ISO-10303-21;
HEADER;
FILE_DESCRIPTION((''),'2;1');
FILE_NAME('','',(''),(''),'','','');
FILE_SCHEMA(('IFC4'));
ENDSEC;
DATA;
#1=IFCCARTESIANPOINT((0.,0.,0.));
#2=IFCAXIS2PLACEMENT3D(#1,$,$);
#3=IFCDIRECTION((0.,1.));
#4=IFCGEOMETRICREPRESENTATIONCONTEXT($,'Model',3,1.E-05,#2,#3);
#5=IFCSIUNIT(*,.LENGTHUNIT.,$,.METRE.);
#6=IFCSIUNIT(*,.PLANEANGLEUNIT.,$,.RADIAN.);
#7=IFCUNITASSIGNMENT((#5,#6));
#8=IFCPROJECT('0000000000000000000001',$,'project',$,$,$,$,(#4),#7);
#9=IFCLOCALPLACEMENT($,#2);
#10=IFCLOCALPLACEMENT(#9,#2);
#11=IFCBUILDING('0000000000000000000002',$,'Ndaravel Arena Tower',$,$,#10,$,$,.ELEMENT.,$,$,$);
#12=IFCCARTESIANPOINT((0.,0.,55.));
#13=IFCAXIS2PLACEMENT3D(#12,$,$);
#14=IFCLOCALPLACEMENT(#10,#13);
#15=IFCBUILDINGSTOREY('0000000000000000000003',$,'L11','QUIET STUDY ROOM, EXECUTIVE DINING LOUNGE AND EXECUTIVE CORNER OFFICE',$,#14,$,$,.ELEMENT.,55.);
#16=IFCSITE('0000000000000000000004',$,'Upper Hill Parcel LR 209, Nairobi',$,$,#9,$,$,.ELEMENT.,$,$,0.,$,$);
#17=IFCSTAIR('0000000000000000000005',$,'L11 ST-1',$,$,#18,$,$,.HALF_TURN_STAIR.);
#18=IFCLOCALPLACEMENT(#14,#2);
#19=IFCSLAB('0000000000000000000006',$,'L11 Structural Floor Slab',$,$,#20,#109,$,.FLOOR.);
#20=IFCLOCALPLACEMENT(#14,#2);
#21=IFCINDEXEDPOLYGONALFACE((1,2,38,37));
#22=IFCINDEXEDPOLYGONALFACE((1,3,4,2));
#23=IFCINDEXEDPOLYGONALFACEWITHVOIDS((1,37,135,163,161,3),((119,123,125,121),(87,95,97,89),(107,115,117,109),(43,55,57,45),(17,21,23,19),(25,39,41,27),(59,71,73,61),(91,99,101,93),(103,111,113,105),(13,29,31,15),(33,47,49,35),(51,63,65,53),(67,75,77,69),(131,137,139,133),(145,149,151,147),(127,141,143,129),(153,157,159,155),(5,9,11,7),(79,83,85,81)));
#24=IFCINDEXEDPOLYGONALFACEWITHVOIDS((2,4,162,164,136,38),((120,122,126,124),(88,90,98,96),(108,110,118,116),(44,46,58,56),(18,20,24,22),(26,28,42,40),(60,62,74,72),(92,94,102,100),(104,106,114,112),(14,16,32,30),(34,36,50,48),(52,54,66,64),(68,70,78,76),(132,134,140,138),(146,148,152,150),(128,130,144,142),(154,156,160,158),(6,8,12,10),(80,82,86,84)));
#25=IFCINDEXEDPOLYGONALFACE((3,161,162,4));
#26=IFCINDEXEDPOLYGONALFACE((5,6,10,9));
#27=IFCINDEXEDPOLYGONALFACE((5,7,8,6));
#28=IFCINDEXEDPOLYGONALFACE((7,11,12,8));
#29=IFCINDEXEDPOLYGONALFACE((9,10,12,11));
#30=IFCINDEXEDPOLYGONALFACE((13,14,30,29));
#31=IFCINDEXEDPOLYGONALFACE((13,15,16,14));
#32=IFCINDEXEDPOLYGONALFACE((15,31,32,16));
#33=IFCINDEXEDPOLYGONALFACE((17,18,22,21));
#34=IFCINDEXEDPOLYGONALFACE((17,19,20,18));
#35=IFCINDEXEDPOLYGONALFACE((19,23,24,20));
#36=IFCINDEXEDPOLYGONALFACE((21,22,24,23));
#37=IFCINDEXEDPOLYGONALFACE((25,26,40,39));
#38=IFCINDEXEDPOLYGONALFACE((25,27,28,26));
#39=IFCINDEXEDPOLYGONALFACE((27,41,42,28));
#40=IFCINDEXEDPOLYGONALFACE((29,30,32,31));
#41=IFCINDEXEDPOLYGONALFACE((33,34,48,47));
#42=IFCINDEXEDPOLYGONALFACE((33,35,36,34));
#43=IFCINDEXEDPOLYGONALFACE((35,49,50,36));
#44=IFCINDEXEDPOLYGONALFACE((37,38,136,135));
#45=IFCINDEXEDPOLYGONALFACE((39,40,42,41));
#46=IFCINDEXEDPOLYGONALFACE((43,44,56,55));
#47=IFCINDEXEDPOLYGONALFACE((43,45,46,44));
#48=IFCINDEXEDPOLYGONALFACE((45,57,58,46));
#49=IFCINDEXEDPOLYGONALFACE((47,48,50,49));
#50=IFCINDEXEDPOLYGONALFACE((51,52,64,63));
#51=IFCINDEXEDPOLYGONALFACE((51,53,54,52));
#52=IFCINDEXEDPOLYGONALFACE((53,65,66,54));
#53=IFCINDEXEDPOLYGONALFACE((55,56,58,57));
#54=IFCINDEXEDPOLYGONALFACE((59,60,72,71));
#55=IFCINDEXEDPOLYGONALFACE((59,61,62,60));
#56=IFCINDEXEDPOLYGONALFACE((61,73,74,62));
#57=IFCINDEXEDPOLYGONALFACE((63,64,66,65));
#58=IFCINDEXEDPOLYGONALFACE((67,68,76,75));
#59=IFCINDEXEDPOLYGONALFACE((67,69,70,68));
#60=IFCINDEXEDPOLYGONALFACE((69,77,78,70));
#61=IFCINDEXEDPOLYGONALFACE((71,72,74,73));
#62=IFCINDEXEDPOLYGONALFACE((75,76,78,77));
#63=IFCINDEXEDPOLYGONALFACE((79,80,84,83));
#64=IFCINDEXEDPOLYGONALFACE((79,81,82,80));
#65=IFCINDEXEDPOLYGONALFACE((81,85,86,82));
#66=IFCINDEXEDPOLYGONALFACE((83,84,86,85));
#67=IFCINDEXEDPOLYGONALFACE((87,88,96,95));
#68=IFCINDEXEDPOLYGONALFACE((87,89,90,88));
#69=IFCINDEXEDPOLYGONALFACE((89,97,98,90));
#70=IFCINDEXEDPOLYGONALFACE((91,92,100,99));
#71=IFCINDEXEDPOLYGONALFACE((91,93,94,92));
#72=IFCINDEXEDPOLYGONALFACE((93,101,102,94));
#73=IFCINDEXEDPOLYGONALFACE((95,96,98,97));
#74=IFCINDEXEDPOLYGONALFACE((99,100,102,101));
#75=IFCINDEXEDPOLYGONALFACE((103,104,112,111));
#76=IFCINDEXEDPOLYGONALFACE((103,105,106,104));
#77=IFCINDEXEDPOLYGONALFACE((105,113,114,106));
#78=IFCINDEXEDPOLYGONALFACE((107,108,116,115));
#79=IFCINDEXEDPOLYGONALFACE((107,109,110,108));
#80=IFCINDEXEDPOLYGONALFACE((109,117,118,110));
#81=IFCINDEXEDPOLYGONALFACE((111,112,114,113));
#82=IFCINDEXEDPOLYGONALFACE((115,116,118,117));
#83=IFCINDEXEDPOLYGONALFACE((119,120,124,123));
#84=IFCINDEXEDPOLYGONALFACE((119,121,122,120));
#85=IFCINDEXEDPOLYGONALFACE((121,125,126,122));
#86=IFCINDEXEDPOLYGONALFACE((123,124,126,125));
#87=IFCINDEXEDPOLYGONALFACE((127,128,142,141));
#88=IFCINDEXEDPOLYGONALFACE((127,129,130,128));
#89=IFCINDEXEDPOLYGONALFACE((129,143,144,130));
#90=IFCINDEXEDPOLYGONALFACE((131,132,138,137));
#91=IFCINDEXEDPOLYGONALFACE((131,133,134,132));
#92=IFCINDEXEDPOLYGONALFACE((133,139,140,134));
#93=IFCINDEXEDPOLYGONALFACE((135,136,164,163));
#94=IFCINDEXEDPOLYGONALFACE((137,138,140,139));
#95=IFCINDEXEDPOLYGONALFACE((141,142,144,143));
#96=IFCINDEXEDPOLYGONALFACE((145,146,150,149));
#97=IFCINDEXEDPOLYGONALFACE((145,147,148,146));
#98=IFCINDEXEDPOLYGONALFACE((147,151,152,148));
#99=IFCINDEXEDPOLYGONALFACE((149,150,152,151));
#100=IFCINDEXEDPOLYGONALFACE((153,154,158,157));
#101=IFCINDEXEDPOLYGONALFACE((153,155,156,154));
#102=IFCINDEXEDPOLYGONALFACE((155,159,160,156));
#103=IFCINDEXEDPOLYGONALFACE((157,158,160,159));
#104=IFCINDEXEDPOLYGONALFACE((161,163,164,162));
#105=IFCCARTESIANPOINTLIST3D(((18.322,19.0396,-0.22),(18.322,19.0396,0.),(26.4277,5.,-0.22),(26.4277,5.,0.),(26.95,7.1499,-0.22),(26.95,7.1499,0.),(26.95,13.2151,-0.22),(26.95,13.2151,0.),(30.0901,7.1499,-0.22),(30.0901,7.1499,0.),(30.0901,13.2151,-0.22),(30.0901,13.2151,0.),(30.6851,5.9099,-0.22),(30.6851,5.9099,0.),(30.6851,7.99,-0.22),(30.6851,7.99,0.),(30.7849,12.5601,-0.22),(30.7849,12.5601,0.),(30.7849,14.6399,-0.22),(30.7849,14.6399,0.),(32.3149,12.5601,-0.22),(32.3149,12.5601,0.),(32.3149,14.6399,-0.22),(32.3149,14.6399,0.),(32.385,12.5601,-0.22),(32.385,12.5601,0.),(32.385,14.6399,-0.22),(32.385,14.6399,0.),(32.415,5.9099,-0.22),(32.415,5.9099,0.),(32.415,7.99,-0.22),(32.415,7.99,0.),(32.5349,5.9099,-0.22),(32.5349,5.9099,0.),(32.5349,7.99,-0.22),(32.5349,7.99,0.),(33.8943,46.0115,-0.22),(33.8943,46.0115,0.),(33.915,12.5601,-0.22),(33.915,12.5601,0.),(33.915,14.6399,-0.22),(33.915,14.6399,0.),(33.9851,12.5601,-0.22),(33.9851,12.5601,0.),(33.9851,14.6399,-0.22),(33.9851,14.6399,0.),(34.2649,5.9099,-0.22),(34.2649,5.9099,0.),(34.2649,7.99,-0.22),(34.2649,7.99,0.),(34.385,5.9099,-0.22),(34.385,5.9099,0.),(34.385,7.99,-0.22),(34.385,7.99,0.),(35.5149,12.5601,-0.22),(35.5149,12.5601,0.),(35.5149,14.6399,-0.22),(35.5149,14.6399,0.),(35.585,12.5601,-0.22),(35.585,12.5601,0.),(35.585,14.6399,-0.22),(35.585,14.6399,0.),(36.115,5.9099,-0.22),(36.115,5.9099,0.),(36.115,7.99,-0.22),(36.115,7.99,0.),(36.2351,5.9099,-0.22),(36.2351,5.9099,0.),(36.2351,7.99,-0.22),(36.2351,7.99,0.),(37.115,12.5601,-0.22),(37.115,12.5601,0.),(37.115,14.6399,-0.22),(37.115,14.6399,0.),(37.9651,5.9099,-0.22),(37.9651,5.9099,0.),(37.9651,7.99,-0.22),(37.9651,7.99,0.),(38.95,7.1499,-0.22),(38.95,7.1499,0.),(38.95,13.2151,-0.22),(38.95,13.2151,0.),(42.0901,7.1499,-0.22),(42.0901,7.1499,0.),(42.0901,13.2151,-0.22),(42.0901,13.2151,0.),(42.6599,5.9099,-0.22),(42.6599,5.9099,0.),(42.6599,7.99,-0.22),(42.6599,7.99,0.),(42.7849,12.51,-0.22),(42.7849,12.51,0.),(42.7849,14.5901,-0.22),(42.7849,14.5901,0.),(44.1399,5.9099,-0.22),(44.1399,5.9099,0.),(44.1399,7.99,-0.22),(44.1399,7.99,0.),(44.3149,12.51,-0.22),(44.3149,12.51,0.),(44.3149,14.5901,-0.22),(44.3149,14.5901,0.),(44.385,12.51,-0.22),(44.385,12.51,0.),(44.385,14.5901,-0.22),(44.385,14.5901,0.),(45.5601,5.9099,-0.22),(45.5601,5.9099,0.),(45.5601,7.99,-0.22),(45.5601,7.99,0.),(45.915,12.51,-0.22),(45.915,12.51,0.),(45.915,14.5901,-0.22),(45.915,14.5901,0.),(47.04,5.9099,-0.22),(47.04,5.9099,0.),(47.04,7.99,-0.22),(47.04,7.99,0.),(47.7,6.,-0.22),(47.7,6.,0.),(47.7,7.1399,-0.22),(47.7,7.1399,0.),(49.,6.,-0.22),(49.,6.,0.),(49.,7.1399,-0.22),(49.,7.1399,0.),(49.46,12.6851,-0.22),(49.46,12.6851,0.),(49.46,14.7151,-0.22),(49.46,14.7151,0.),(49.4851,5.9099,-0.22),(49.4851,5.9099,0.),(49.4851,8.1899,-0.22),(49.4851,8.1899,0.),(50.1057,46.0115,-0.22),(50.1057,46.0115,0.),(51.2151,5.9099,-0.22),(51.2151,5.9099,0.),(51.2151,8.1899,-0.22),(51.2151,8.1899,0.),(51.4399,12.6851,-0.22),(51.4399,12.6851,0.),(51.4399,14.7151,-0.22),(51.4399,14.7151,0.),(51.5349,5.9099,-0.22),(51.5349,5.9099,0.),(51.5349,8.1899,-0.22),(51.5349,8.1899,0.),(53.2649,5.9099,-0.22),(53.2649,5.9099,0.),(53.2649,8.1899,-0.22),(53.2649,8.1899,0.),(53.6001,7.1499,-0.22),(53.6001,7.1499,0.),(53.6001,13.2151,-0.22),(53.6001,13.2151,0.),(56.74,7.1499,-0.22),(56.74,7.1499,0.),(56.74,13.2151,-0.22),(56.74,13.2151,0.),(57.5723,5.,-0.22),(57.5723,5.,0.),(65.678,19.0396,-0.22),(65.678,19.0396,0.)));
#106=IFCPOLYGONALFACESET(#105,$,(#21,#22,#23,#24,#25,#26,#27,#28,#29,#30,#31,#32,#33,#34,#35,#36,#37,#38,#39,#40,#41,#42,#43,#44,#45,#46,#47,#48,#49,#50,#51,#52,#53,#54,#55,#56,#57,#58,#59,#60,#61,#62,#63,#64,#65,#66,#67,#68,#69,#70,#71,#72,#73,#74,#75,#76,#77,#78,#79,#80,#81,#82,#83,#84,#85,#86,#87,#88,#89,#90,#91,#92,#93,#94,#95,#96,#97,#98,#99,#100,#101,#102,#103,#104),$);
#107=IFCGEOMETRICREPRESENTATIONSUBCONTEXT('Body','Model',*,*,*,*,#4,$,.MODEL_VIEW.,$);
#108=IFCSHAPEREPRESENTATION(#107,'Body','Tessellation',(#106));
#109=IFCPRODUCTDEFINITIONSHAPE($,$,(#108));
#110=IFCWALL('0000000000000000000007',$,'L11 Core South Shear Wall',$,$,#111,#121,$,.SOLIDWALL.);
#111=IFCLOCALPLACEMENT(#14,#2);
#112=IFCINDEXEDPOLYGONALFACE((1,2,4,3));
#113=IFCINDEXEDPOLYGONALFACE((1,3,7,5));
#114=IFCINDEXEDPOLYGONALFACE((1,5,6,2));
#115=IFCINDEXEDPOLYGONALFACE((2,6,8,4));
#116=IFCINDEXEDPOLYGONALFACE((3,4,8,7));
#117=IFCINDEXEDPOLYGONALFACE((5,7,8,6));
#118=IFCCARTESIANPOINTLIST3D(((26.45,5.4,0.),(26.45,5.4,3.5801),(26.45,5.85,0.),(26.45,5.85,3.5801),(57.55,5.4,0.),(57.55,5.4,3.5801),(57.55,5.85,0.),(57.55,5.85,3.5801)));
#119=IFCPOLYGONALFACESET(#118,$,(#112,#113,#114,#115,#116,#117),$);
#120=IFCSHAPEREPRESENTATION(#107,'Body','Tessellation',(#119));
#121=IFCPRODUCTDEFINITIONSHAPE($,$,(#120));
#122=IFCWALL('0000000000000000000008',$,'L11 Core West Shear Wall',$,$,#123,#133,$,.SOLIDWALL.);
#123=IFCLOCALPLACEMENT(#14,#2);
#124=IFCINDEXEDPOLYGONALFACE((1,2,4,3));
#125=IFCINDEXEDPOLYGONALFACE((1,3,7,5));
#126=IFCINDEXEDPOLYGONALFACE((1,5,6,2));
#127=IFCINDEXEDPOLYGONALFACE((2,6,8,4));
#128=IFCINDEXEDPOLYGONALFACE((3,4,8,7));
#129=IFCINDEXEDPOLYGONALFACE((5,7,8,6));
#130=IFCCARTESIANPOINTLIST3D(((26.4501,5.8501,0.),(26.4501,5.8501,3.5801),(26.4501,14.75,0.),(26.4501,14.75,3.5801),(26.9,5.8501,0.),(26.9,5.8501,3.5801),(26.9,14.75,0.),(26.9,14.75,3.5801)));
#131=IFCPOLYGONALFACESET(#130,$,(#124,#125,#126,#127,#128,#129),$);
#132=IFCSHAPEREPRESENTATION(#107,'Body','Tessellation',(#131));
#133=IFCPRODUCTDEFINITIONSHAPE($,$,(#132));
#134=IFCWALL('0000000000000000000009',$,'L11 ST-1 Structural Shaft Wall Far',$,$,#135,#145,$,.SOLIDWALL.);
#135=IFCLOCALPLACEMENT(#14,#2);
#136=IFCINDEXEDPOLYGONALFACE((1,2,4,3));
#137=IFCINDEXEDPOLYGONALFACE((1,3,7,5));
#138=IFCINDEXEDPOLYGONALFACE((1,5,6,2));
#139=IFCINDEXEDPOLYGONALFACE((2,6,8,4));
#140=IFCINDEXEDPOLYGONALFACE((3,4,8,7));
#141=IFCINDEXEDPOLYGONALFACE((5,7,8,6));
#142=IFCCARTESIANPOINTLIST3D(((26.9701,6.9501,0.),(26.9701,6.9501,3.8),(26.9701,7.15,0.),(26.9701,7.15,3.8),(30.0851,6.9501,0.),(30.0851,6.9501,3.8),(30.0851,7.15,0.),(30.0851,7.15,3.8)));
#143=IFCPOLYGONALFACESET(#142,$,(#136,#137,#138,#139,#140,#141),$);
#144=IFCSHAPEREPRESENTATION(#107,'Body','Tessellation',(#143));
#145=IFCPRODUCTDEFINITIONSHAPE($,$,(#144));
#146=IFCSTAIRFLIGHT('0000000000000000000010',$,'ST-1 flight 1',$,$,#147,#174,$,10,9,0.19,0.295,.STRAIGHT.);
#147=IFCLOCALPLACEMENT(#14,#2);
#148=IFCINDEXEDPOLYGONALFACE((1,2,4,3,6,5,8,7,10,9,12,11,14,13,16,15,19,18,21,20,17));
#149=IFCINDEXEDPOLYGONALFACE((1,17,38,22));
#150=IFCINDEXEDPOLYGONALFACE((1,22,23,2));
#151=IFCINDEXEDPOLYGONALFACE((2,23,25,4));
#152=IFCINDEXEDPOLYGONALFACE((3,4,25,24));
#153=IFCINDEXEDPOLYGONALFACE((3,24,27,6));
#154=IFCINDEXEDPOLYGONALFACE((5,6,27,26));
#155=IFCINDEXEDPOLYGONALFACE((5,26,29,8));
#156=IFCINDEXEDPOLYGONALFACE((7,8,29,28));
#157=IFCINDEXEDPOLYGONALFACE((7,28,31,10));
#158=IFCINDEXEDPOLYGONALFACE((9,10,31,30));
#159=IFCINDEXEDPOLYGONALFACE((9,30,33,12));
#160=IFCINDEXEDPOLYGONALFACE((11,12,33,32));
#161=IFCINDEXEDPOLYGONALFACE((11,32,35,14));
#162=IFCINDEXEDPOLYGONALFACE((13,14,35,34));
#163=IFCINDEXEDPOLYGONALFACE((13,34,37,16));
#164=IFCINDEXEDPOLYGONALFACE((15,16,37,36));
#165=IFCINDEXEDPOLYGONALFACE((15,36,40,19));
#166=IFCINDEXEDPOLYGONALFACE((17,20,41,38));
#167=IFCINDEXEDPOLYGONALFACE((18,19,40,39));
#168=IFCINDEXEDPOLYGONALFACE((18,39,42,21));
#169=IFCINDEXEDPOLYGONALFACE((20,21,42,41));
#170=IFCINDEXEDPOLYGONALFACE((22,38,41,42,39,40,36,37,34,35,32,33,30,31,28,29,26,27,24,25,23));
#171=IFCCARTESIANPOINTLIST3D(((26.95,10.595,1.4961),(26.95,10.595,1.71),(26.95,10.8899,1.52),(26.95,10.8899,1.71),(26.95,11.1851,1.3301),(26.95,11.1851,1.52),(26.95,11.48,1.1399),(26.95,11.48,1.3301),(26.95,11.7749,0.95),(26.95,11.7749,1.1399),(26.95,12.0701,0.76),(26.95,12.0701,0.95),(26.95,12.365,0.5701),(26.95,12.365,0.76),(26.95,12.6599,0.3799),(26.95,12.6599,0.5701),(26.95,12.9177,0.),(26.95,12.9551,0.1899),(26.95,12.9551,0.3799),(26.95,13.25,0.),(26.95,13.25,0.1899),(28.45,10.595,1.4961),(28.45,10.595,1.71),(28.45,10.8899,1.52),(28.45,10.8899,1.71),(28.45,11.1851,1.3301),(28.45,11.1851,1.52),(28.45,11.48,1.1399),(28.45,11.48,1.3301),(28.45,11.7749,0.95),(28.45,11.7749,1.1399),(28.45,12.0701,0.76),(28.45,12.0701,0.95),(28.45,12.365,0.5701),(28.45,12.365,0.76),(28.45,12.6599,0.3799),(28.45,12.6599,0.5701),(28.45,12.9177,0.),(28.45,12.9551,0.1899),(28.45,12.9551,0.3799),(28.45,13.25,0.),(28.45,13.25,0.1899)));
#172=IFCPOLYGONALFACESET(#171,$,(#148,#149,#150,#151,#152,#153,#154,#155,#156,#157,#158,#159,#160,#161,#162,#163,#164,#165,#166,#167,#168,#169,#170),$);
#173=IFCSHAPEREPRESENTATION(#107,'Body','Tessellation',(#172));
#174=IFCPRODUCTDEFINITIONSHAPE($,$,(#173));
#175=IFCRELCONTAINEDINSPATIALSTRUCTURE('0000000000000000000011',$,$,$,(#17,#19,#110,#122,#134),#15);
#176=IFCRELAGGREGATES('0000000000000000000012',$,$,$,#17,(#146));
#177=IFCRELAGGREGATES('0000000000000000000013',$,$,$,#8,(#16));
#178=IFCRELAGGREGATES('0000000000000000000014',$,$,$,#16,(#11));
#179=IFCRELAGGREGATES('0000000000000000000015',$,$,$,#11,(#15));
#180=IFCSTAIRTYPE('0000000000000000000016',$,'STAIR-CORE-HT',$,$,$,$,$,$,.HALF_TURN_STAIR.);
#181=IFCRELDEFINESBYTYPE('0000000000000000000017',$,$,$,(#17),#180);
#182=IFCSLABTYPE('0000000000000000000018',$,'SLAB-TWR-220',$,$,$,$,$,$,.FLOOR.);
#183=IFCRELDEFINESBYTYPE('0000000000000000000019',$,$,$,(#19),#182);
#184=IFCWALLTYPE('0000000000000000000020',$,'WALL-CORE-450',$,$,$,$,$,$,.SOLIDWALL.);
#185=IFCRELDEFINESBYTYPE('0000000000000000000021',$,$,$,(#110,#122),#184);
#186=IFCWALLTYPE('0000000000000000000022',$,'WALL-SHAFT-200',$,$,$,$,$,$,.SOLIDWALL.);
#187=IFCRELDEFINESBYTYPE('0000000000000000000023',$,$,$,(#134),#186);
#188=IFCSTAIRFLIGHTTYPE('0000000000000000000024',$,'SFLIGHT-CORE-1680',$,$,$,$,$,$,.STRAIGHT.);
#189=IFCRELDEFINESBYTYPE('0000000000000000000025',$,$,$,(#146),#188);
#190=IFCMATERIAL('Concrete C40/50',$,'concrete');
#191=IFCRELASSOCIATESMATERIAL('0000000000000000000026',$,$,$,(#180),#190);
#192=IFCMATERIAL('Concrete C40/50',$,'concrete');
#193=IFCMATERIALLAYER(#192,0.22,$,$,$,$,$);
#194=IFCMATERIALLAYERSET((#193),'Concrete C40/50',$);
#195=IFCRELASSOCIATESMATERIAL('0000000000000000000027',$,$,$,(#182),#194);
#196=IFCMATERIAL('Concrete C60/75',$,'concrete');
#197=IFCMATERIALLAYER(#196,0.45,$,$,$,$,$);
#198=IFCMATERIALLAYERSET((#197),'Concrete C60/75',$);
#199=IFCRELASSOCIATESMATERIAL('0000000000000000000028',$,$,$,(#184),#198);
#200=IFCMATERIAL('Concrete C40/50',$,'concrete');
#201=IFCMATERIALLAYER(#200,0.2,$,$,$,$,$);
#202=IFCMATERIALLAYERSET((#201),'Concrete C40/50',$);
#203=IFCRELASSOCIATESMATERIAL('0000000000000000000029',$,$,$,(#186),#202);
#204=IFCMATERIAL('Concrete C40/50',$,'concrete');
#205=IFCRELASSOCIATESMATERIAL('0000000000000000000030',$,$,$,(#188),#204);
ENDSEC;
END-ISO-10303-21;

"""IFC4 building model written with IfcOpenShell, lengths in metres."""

from ifc_helpers import new_model, si_unit, direction, frame, frame_2d, origin, place, context, subcontext, project, spatial, polyline, rectangle, outline, extrude, material, layer, layer_set, type_object, element, aggregate, save


model = new_model("IFC4")

# Units and contexts
model_context = context("Model", 3, precision=1e-05, world=origin(), true_north=direction((0.0, 1.0)))
body_context = subcontext(model_context, "Body", "Model", "MODEL_VIEW")
ifc_project = project(units=[si_unit("LENGTHUNIT", "METRE"), si_unit("PLANEANGLEUNIT", "RADIAN")], contexts=[model_context])

# Site, building, storey
site_placement = place(None, origin())
site = spatial("IfcSite", under=ifc_project, at=site_placement, Name="Upper Hill Parcel LR 209, Nairobi", CompositionType="ELEMENT", RefElevation=0.0)
building_placement = place(site_placement, origin())
building = spatial("IfcBuilding", under=site, at=building_placement, Name="Ndaravel Arena Tower", CompositionType="ELEMENT")
storey_placement = place(building_placement, frame((0.0, 0.0, 55.0)))
storey = spatial("IfcBuildingStorey", under=building, at=storey_placement, Name="L11", Description="QUIET STUDY ROOM, EXECUTIVE DINING LOUNGE AND EXECUTIVE CORNER OFFICE", CompositionType="ELEMENT", Elevation=55.0)

# Stair
ifc_material_1 = material(Name="Concrete C40/50", Category="concrete")
stair_type = type_object("IfcStairType", Name="STAIR-CORE-HT", PredefinedType="HALF_TURN_STAIR", material=ifc_material_1)
stair_1_placement = place(storey_placement, origin())
stair_1 = element("IfcStair", 1, at=stair_1_placement, inside=storey, type_object=stair_type, Name="L11 ST-1", PredefinedType="HALF_TURN_STAIR")

# Slab
ifc_material_2 = material(Name="Concrete C40/50", Category="concrete")
ifc_layer_1 = layer(ifc_material_2, 0.22)
ifc_layer_set_1 = layer_set([ifc_layer_1], Name="Concrete C40/50")
slab_type_1 = type_object("IfcSlabType", Name="SLAB-TWR-220", PredefinedType="FLOOR", material=ifc_layer_set_1)
slab_1_placement = place(storey_placement, frame((0.0, 0.0, -0.22)))
element("IfcSlab", 2, at=slab_1_placement, inside=storey, type_object=slab_type_1, Name="L11 Structural Floor Slab", PredefinedType="FLOOR", context=body_context, shape_type="SweptSolid", body=[
    extrude(outline(polyline([(18.322, 19.0396), (26.4277, 5.0), (57.5723, 5.0), (65.678, 19.0396), (50.1057, 46.0115), (33.8943, 46.0115), (18.322, 19.0396)]), holes=[polyline([(26.95, 13.2151), (26.95, 7.1499), (30.0901, 7.1499), (30.0901, 13.2151), (26.95, 13.2151)]), polyline([(38.95, 13.2151), (38.95, 7.1499), (42.0901, 7.1499), (42.0901, 13.2151), (38.95, 13.2151)]), polyline([(53.6001, 13.2151), (53.6001, 7.1499), (56.74, 7.1499), (56.74, 13.2151), (53.6001, 13.2151)]), polyline([(30.6851, 5.9099), (32.415, 5.9099), (32.415, 7.99), (30.6851, 7.99), (30.6851, 5.9099)]), polyline([(32.5349, 5.9099), (34.2649, 5.9099), (34.2649, 7.99), (32.5349, 7.99), (32.5349, 5.9099)]), polyline([(34.385, 5.9099), (36.115, 5.9099), (36.115, 7.99), (34.385, 7.99), (34.385, 5.9099)]), polyline([(36.2351, 5.9099), (37.9651, 5.9099), (37.9651, 7.99), (36.2351, 7.99), (36.2351, 5.9099)]), polyline([(30.7849, 12.5601), (32.3149, 12.5601), (32.3149, 14.6399), (30.7849, 14.6399), (30.7849, 12.5601)]), polyline([(32.385, 12.5601), (33.915, 12.5601), (33.915, 14.6399), (32.385, 14.6399), (32.385, 12.5601)]), polyline([(33.9851, 12.5601), (35.5149, 12.5601), (35.5149, 14.6399), (33.9851, 14.6399), (33.9851, 12.5601)]), polyline([(35.585, 12.5601), (37.115, 12.5601), (37.115, 14.6399), (35.585, 14.6399), (35.585, 12.5601)]), polyline([(42.6599, 5.9099), (44.1399, 5.9099), (44.1399, 7.99), (42.6599, 7.99), (42.6599, 5.9099)]), polyline([(45.5601, 5.9099), (47.04, 5.9099), (47.04, 7.99), (45.5601, 7.99), (45.5601, 5.9099)]), polyline([(42.7849, 12.51), (44.3149, 12.51), (44.3149, 14.5901), (42.7849, 14.5901), (42.7849, 12.51)]), polyline([(44.385, 12.51), (45.915, 12.51), (45.915, 14.5901), (44.385, 14.5901), (44.385, 12.51)]), polyline([(49.4851, 5.9099), (51.2151, 5.9099), (51.2151, 8.1899), (49.4851, 8.1899), (49.4851, 5.9099)]), polyline([(51.5349, 5.9099), (53.2649, 5.9099), (53.2649, 8.1899), (51.5349, 8.1899), (51.5349, 5.9099)]), polyline([(49.46, 12.6851), (51.4399, 12.6851), (51.4399, 14.7151), (49.46, 14.7151), (49.46, 12.6851)]), polyline([(47.7, 6.0), (49.0, 6.0), (49.0, 7.1399), (47.7, 7.1399), (47.7, 6.0)])]), origin(), (0.0, 0.0, 1.0), 0.22),
])

# Walls
ifc_material_3 = material(Name="Concrete C60/75", Category="concrete")
ifc_layer_2 = layer(ifc_material_3, 0.45)
ifc_layer_set_2 = layer_set([ifc_layer_2], Name="Concrete C60/75")
wall_type_1 = type_object("IfcWallType", Name="WALL-CORE-450", PredefinedType="SOLIDWALL", material=ifc_layer_set_2)
wall_1_placement = place(storey_placement, frame((26.45, 5.625, 0.0), z_axis=(0.0, 0.0, 1.0), x_axis=(1.0, 0.0, 0.0)))
element("IfcWall", 3, at=wall_1_placement, inside=storey, type_object=wall_type_1, Name="L11 Core South Shear Wall", PredefinedType="SOLIDWALL", context=body_context, shape_type="SweptSolid", body=[
    extrude(rectangle(XDim=31.1001, YDim=0.45, at=frame_2d((15.55, 0.0))), origin(), (0.0, 0.0, 1.0), 3.5801),
])
wall_2_placement = place(storey_placement, frame((26.675, 5.8501, 0.0), z_axis=(0.0, 0.0, 1.0), x_axis=(0.0, 1.0, 0.0)))
element("IfcWall", 4, at=wall_2_placement, inside=storey, type_object=wall_type_1, Name="L11 Core West Shear Wall", PredefinedType="SOLIDWALL", context=body_context, shape_type="SweptSolid", body=[
    extrude(rectangle(XDim=8.8999, YDim=0.45, at=frame_2d((4.45, 0.0))), origin(), (0.0, 0.0, 1.0), 3.5801),
])
ifc_material_4 = material(Name="Concrete C40/50", Category="concrete")
ifc_layer_3 = layer(ifc_material_4, 0.2)
ifc_layer_set_3 = layer_set([ifc_layer_3], Name="Concrete C40/50")
wall_type_2 = type_object("IfcWallType", Name="WALL-SHAFT-200", PredefinedType="SOLIDWALL", material=ifc_layer_set_3)
wall_3_placement = place(storey_placement, frame((26.97, 7.05, 0.0), z_axis=(0.0, 0.0, 1.0), x_axis=(1.0, 0.0, 0.0)))
element("IfcWall", 5, at=wall_3_placement, inside=storey, type_object=wall_type_2, Name="L11 ST-1 Structural Shaft Wall Far", PredefinedType="SOLIDWALL", context=body_context, shape_type="SweptSolid", body=[
    extrude(rectangle(XDim=3.115, YDim=0.2, at=frame_2d((1.5576, 0.0))), origin(), (0.0, 0.0, 1.0), 3.8),
])

# Stair flight
ifc_material_5 = material(Name="Concrete C40/50", Category="concrete")
stair_flight_type = type_object("IfcStairFlightType", Name="SFLIGHT-CORE-1680", PredefinedType="STRAIGHT", material=ifc_material_5)
stair_flight_1_placement = place(storey_placement, frame((27.7, 13.25, 0.0), z_axis=(0.0, 0.0, 1.0), x_axis=(0.0, -1.0, 0.0)))
stair_flight_1 = element("IfcStairFlight", 6, at=stair_flight_1_placement, type_object=stair_flight_type, Name="ST-1 flight 1", NumberOfRisers=10, NumberOfTreads=9, PredefinedType="STRAIGHT", RiserHeight=0.19, TreadLength=0.295, context=body_context, shape_type="SweptSolid", body=[
    extrude(outline(polyline([(0.0, 0.0), (0.0, 0.1899), (0.2949, 0.1899), (0.2949, 0.3799), (0.5901, 0.3799), (0.5901, 0.5701), (0.885, 0.5701), (0.885, 0.76), (1.1799, 0.76), (1.1799, 0.95), (1.4751, 0.95), (1.4751, 1.1399), (1.77, 1.1399), (1.77, 1.3301), (2.0649, 1.3301), (2.0649, 1.52), (2.3601, 1.52), (2.3601, 1.71), (2.655, 1.71), (2.655, 1.8999), (2.655, 1.4961), (0.3323, 0.0), (0.0, 0.0)])), frame((0.0, 0.75, 0.0), z_axis=(0.0, -1.0, 0.0), x_axis=(1.0, 0.0, 0.0)), (0.0, 0.0, 1.0), 1.5),
])
aggregate(stair_1, [stair_flight_1])

save(model, "model.ifc")
